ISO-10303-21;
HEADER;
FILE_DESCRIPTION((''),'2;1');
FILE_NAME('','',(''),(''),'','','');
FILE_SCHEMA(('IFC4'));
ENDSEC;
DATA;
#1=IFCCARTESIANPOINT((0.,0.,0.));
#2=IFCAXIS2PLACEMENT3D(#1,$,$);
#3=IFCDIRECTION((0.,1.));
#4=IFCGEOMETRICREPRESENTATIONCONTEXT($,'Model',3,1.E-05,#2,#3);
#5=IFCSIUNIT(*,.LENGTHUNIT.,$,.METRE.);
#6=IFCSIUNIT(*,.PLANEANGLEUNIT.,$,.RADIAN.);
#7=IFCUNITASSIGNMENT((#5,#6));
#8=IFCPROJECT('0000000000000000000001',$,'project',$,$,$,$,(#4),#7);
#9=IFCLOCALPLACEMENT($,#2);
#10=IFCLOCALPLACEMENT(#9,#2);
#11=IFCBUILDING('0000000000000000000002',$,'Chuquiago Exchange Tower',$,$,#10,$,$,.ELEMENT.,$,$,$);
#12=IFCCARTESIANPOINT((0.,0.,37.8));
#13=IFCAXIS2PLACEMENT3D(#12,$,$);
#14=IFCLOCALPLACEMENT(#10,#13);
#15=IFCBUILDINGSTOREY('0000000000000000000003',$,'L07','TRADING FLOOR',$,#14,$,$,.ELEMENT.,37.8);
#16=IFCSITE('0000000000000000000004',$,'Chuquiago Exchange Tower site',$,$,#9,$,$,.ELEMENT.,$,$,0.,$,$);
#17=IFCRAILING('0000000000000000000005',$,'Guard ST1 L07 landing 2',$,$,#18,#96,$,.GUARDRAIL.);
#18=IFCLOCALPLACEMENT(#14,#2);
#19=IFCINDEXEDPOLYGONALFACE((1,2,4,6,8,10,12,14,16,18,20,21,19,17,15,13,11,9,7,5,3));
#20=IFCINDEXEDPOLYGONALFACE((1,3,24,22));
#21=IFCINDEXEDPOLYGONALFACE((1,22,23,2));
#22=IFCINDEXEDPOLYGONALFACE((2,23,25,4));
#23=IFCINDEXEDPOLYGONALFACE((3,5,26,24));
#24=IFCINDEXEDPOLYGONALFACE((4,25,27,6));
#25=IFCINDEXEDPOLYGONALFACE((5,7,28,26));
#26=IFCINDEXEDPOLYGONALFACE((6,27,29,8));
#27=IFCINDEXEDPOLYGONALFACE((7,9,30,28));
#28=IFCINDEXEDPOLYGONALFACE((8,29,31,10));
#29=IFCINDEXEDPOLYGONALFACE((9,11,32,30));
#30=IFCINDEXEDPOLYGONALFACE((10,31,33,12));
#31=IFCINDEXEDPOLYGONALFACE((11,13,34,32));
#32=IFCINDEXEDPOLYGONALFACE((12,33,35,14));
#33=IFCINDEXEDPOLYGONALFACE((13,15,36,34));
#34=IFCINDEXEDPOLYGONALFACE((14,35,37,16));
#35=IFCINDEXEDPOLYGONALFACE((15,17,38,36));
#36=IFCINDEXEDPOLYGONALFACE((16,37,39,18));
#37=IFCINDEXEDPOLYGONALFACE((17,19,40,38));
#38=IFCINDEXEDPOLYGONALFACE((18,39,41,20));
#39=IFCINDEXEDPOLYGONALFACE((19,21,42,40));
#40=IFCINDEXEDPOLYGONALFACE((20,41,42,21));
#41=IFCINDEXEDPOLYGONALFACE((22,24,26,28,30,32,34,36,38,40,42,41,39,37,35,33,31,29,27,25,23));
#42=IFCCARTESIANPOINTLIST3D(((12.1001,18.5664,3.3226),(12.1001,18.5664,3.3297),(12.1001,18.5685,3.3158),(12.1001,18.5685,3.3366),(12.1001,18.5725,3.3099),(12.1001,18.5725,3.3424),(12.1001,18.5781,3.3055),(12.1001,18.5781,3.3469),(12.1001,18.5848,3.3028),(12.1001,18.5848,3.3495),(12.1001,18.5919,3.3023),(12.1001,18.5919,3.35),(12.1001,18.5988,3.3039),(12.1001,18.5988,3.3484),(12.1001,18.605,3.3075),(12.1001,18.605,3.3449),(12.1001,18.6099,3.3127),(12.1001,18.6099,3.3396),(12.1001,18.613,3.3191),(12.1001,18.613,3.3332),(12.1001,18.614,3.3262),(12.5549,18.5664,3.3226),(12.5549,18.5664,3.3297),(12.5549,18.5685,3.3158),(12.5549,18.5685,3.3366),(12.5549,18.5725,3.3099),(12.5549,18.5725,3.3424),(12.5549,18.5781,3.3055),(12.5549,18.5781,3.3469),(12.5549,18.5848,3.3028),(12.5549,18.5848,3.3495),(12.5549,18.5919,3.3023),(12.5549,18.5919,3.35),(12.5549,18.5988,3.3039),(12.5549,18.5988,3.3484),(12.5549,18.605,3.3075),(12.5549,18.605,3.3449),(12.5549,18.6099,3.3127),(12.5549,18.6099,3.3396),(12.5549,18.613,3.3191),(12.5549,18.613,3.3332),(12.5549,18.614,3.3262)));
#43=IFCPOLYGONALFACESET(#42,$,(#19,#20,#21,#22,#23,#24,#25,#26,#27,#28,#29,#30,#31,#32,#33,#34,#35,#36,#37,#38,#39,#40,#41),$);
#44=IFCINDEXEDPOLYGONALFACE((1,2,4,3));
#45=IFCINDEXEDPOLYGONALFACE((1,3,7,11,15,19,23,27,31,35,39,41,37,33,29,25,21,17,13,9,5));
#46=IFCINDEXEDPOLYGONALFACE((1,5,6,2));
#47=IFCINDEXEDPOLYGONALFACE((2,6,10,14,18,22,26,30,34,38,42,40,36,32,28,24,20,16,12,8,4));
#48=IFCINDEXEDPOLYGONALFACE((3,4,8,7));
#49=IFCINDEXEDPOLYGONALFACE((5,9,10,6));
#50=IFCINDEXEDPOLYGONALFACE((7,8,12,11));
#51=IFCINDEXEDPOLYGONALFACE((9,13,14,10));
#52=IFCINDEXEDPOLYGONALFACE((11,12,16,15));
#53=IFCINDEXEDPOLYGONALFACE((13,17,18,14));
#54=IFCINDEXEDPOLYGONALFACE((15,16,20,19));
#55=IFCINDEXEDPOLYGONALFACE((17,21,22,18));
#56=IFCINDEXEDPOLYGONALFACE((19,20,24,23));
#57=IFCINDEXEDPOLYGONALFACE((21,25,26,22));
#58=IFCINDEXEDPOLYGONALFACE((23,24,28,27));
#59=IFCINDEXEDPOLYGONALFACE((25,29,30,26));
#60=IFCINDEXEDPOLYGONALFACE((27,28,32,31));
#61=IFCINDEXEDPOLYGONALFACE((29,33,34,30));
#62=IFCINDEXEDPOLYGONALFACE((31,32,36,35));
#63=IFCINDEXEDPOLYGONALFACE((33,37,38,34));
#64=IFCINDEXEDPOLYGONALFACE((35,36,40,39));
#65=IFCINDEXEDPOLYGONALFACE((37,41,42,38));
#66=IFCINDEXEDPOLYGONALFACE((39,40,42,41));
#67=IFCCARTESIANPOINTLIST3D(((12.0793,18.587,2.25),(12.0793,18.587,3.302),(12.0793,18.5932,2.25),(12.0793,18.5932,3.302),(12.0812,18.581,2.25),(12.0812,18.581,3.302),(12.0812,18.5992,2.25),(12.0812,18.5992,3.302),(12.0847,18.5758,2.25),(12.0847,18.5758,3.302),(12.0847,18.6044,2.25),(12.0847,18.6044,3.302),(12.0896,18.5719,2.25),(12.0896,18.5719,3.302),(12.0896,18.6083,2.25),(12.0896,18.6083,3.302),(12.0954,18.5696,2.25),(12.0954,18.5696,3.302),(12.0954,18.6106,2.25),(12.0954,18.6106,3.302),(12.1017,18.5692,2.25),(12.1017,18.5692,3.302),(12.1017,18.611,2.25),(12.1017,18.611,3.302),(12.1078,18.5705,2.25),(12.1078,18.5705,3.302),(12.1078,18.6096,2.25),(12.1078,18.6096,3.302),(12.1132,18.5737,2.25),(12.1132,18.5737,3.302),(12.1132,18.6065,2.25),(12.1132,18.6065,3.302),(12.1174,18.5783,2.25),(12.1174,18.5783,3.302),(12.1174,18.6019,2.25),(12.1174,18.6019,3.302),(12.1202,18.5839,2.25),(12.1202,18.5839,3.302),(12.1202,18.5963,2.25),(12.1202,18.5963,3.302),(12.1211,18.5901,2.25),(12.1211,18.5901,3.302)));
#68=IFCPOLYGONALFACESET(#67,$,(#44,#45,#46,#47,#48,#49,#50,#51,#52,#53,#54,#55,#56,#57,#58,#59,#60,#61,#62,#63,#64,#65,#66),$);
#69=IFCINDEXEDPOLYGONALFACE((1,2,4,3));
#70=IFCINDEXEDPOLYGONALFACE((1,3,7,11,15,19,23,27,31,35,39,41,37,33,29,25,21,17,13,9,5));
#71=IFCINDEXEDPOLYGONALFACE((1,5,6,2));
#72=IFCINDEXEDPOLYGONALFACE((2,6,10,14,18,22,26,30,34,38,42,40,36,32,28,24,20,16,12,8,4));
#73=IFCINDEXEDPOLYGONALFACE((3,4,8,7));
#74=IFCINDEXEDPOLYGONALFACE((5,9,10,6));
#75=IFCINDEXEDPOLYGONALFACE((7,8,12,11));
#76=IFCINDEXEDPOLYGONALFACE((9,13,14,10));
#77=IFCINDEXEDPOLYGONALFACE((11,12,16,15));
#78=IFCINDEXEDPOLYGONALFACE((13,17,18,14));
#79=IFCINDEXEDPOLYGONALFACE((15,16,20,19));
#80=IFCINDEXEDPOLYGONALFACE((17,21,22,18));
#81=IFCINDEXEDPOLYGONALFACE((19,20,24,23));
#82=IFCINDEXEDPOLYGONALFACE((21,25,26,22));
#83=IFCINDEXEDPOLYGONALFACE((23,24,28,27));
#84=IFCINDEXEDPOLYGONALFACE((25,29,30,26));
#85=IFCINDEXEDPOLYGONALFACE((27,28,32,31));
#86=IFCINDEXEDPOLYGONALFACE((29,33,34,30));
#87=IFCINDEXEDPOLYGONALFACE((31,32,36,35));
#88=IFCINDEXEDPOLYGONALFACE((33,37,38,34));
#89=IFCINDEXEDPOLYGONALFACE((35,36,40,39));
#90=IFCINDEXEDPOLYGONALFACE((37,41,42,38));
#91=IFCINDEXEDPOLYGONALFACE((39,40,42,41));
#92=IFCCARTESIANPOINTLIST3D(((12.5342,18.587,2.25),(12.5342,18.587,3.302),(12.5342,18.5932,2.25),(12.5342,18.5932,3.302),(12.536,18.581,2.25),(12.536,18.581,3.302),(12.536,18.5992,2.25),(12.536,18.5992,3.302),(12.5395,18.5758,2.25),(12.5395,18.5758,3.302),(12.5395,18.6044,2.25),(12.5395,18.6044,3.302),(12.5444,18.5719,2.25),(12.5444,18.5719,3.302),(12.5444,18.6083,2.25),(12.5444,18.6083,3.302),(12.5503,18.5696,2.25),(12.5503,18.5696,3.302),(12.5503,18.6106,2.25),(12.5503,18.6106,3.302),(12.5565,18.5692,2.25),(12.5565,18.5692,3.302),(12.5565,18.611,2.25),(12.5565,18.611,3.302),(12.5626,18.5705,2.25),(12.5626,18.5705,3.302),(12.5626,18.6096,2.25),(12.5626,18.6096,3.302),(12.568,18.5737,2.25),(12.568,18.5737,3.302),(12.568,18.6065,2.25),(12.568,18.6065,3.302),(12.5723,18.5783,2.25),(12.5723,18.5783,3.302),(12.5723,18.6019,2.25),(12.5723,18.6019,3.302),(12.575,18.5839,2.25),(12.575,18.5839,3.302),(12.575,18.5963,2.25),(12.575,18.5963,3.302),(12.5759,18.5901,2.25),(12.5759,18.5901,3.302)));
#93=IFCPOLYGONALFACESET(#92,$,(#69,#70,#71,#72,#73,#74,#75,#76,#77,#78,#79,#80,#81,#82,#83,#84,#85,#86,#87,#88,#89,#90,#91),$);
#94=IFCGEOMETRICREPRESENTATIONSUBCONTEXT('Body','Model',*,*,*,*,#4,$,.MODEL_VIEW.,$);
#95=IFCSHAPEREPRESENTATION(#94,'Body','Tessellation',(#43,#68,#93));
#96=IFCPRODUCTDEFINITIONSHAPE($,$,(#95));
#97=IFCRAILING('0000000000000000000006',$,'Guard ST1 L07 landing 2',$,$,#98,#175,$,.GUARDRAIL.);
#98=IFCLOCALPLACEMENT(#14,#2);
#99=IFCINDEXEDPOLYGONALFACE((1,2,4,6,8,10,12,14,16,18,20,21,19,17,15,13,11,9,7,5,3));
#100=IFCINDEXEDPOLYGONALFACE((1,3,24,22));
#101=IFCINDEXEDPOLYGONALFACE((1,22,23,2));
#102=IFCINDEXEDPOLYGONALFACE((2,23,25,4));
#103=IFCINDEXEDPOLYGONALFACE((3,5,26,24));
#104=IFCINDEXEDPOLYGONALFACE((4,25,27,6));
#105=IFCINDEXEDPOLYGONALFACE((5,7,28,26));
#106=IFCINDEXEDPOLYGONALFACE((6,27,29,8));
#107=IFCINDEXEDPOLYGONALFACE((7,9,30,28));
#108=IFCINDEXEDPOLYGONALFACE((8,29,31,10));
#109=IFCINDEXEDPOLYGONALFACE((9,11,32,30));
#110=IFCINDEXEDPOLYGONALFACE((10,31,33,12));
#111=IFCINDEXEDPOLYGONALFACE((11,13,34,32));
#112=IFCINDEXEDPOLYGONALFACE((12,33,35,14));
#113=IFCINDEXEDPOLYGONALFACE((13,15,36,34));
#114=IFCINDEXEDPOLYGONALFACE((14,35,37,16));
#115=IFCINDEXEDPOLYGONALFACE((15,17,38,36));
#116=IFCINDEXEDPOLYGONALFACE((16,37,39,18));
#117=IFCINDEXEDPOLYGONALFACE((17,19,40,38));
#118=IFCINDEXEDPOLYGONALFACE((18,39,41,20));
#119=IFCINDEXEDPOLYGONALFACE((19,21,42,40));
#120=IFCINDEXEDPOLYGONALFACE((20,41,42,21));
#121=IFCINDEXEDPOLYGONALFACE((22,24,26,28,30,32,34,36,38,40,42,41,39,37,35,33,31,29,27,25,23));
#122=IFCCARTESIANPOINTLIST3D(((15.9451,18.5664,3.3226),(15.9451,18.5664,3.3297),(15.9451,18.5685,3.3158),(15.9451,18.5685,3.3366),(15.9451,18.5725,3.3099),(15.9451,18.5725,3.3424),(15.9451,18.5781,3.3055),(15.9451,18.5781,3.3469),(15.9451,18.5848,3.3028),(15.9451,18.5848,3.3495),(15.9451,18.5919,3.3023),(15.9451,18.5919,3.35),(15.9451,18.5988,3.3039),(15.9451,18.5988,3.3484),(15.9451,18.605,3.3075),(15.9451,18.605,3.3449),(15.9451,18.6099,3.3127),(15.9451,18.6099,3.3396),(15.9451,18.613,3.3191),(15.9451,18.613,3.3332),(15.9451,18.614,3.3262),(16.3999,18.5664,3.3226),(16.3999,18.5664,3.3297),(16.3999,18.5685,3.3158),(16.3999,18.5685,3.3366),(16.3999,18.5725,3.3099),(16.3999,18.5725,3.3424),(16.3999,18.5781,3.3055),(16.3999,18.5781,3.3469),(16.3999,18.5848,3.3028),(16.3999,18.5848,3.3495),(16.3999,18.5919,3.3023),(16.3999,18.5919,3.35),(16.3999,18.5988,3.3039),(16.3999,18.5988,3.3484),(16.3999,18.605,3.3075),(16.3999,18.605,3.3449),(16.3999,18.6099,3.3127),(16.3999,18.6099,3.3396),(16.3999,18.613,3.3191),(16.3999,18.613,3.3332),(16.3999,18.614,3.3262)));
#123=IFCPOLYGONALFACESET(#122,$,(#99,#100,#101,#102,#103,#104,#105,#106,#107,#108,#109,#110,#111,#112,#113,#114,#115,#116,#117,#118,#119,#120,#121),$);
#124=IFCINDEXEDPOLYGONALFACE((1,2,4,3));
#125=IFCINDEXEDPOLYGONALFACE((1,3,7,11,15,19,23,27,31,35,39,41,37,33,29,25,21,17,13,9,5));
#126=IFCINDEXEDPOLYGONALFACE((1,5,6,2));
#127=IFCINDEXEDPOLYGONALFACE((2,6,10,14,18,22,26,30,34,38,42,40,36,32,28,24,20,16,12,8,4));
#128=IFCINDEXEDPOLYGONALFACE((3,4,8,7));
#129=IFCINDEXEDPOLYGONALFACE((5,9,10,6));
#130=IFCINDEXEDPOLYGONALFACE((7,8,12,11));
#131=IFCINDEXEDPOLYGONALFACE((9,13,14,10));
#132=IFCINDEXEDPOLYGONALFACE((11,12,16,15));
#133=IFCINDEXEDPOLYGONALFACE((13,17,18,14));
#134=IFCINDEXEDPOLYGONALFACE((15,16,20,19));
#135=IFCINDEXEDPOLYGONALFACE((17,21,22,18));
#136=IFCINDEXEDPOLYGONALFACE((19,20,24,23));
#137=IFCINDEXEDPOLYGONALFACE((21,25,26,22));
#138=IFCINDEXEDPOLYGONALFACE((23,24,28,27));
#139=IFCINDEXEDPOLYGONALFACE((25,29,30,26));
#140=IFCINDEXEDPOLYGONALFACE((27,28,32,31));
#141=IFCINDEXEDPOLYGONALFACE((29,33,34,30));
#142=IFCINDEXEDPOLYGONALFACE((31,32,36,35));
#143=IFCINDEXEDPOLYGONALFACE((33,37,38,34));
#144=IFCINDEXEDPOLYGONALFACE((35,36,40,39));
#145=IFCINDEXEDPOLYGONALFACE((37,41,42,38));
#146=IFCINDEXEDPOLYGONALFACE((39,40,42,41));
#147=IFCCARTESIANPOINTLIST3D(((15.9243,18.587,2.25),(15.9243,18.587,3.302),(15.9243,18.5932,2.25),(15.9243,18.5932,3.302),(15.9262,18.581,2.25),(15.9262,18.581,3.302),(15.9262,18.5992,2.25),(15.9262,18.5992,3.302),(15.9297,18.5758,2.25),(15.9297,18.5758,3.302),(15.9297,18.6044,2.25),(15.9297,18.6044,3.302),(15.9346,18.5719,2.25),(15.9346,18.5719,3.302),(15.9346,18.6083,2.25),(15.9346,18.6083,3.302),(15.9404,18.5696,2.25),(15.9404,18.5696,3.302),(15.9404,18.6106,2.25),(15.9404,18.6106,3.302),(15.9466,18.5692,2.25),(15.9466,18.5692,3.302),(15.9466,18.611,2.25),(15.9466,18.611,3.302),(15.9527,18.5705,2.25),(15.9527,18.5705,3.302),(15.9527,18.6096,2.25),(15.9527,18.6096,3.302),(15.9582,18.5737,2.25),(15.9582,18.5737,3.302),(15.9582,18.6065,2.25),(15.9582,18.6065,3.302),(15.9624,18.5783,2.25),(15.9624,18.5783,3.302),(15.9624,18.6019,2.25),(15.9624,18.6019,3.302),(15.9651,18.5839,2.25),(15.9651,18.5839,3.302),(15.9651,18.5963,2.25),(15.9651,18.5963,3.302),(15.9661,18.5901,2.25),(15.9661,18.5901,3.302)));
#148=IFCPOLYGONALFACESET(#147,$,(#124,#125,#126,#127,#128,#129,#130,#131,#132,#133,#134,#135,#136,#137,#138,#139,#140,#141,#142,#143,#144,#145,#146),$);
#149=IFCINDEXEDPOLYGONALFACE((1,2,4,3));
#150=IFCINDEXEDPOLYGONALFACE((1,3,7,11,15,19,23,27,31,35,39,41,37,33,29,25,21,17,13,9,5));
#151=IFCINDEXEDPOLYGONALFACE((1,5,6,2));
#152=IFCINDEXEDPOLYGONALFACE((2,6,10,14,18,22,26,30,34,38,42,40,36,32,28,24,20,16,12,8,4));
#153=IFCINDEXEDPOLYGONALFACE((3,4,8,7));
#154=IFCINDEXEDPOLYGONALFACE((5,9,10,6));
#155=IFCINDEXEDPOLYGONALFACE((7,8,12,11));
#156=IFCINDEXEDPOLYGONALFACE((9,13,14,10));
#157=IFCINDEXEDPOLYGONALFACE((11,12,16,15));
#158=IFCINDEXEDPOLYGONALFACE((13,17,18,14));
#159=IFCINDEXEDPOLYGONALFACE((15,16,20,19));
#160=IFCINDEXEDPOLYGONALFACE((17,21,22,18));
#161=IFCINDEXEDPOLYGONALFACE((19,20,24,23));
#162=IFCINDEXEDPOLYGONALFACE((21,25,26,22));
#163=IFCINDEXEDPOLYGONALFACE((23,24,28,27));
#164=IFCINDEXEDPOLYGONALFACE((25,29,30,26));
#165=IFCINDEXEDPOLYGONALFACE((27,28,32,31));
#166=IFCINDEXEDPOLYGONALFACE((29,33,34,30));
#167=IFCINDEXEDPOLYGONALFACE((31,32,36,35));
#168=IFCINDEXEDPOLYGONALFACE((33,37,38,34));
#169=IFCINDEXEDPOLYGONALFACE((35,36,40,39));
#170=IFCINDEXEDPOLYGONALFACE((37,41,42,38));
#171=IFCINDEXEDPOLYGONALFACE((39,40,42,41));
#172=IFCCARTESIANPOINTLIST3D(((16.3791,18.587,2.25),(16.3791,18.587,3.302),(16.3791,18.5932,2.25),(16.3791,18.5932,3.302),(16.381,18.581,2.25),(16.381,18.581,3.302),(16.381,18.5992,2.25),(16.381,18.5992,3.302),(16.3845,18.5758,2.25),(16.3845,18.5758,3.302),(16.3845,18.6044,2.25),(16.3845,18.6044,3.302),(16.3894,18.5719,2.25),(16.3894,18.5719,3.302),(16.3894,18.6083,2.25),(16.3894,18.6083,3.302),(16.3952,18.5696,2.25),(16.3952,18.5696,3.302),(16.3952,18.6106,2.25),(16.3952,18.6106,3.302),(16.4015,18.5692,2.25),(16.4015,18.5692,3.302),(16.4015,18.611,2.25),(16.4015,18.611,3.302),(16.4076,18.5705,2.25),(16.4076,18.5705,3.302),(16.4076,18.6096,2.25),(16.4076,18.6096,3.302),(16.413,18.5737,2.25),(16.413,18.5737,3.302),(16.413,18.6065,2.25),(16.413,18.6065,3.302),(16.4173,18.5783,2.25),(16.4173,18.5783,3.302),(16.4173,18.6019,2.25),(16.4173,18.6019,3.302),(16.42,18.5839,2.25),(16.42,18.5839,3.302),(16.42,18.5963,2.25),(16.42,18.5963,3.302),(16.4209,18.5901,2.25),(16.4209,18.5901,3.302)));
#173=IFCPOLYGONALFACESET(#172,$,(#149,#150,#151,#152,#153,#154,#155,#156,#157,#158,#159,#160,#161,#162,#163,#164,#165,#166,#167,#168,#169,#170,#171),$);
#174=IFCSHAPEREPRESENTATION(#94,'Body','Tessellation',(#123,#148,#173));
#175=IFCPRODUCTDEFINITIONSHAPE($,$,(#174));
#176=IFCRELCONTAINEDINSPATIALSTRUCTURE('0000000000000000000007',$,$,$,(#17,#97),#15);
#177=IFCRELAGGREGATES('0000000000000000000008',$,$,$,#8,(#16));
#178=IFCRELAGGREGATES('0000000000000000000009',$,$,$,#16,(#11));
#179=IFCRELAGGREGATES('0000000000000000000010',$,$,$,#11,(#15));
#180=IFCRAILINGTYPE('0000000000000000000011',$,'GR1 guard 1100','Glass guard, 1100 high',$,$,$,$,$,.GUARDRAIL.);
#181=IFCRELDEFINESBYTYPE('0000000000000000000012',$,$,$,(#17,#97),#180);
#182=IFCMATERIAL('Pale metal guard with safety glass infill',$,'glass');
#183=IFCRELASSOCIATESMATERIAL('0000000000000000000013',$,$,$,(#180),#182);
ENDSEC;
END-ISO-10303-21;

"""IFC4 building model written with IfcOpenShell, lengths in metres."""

from ifc_helpers import new_model, si_unit, direction, frame, origin, origin_2d, place, context, subcontext, project, spatial, circle, extrude, material, type_object, element, save


model = new_model("IFC4")

# Units and contexts
model_context = context("Model", 3, precision=1e-05, world=origin(), true_north=direction((0.0, 1.0)))
body_context = subcontext(model_context, "Body", "Model", "MODEL_VIEW")
ifc_project = project(units=[si_unit("LENGTHUNIT", "METRE"), si_unit("PLANEANGLEUNIT", "RADIAN")], contexts=[model_context])

# Site, building, storey
site_placement = place(None, origin())
site = spatial("IfcSite", under=ifc_project, at=site_placement, Name="Chuquiago Exchange Tower site", CompositionType="ELEMENT", RefElevation=0.0)
building_placement = place(site_placement, origin())
building = spatial("IfcBuilding", under=site, at=building_placement, Name="Chuquiago Exchange Tower", CompositionType="ELEMENT")
storey_placement = place(building_placement, frame((0.0, 0.0, 37.8)))
storey = spatial("IfcBuildingStorey", under=building, at=storey_placement, Name="L07", Description="TRADING FLOOR", CompositionType="ELEMENT", Elevation=37.8)

# Railings
ifc_material_1 = material(Name="Pale metal guard with safety glass infill", Category="glass")
railing_type_1 = type_object("IfcRailingType", Name="GR1 guard 1100", Description="Glass guard, 1100 high", PredefinedType="GUARDRAIL", material=ifc_material_1)
for number, where, name in (
    (1, (12.1001, 18.5901, 2.25), "Guard ST1 L07 landing 2"),
    (2, (15.9451, 18.5901, 2.25), "Guard ST1 L07 landing 2"),
):
    element("IfcRailing", number, at=place(storey_placement, frame(where)), inside=storey, type_object=railing_type_1, Name=name, PredefinedType="GUARDRAIL", context=body_context, shape_type="SweptSolid", body=[
        extrude(circle(Radius=0.0239, at=origin_2d()), frame((0.0, 0.0, 1.0762), z_axis=(1.0, 0.0, 0.0), x_axis=(0.0, 1.0, 0.0)), (0.0, 0.0, 1.0), 0.4548),
        extrude(circle(Radius=0.021, at=origin_2d()), origin(), (0.0, 0.0, 1.0), 1.052),
        extrude(circle(Radius=0.021, at=origin_2d()), frame((0.4548, 0.0, 0.0)), (0.0, 0.0, 1.0), 1.052),
    ])

save(model, "model.ifc")
